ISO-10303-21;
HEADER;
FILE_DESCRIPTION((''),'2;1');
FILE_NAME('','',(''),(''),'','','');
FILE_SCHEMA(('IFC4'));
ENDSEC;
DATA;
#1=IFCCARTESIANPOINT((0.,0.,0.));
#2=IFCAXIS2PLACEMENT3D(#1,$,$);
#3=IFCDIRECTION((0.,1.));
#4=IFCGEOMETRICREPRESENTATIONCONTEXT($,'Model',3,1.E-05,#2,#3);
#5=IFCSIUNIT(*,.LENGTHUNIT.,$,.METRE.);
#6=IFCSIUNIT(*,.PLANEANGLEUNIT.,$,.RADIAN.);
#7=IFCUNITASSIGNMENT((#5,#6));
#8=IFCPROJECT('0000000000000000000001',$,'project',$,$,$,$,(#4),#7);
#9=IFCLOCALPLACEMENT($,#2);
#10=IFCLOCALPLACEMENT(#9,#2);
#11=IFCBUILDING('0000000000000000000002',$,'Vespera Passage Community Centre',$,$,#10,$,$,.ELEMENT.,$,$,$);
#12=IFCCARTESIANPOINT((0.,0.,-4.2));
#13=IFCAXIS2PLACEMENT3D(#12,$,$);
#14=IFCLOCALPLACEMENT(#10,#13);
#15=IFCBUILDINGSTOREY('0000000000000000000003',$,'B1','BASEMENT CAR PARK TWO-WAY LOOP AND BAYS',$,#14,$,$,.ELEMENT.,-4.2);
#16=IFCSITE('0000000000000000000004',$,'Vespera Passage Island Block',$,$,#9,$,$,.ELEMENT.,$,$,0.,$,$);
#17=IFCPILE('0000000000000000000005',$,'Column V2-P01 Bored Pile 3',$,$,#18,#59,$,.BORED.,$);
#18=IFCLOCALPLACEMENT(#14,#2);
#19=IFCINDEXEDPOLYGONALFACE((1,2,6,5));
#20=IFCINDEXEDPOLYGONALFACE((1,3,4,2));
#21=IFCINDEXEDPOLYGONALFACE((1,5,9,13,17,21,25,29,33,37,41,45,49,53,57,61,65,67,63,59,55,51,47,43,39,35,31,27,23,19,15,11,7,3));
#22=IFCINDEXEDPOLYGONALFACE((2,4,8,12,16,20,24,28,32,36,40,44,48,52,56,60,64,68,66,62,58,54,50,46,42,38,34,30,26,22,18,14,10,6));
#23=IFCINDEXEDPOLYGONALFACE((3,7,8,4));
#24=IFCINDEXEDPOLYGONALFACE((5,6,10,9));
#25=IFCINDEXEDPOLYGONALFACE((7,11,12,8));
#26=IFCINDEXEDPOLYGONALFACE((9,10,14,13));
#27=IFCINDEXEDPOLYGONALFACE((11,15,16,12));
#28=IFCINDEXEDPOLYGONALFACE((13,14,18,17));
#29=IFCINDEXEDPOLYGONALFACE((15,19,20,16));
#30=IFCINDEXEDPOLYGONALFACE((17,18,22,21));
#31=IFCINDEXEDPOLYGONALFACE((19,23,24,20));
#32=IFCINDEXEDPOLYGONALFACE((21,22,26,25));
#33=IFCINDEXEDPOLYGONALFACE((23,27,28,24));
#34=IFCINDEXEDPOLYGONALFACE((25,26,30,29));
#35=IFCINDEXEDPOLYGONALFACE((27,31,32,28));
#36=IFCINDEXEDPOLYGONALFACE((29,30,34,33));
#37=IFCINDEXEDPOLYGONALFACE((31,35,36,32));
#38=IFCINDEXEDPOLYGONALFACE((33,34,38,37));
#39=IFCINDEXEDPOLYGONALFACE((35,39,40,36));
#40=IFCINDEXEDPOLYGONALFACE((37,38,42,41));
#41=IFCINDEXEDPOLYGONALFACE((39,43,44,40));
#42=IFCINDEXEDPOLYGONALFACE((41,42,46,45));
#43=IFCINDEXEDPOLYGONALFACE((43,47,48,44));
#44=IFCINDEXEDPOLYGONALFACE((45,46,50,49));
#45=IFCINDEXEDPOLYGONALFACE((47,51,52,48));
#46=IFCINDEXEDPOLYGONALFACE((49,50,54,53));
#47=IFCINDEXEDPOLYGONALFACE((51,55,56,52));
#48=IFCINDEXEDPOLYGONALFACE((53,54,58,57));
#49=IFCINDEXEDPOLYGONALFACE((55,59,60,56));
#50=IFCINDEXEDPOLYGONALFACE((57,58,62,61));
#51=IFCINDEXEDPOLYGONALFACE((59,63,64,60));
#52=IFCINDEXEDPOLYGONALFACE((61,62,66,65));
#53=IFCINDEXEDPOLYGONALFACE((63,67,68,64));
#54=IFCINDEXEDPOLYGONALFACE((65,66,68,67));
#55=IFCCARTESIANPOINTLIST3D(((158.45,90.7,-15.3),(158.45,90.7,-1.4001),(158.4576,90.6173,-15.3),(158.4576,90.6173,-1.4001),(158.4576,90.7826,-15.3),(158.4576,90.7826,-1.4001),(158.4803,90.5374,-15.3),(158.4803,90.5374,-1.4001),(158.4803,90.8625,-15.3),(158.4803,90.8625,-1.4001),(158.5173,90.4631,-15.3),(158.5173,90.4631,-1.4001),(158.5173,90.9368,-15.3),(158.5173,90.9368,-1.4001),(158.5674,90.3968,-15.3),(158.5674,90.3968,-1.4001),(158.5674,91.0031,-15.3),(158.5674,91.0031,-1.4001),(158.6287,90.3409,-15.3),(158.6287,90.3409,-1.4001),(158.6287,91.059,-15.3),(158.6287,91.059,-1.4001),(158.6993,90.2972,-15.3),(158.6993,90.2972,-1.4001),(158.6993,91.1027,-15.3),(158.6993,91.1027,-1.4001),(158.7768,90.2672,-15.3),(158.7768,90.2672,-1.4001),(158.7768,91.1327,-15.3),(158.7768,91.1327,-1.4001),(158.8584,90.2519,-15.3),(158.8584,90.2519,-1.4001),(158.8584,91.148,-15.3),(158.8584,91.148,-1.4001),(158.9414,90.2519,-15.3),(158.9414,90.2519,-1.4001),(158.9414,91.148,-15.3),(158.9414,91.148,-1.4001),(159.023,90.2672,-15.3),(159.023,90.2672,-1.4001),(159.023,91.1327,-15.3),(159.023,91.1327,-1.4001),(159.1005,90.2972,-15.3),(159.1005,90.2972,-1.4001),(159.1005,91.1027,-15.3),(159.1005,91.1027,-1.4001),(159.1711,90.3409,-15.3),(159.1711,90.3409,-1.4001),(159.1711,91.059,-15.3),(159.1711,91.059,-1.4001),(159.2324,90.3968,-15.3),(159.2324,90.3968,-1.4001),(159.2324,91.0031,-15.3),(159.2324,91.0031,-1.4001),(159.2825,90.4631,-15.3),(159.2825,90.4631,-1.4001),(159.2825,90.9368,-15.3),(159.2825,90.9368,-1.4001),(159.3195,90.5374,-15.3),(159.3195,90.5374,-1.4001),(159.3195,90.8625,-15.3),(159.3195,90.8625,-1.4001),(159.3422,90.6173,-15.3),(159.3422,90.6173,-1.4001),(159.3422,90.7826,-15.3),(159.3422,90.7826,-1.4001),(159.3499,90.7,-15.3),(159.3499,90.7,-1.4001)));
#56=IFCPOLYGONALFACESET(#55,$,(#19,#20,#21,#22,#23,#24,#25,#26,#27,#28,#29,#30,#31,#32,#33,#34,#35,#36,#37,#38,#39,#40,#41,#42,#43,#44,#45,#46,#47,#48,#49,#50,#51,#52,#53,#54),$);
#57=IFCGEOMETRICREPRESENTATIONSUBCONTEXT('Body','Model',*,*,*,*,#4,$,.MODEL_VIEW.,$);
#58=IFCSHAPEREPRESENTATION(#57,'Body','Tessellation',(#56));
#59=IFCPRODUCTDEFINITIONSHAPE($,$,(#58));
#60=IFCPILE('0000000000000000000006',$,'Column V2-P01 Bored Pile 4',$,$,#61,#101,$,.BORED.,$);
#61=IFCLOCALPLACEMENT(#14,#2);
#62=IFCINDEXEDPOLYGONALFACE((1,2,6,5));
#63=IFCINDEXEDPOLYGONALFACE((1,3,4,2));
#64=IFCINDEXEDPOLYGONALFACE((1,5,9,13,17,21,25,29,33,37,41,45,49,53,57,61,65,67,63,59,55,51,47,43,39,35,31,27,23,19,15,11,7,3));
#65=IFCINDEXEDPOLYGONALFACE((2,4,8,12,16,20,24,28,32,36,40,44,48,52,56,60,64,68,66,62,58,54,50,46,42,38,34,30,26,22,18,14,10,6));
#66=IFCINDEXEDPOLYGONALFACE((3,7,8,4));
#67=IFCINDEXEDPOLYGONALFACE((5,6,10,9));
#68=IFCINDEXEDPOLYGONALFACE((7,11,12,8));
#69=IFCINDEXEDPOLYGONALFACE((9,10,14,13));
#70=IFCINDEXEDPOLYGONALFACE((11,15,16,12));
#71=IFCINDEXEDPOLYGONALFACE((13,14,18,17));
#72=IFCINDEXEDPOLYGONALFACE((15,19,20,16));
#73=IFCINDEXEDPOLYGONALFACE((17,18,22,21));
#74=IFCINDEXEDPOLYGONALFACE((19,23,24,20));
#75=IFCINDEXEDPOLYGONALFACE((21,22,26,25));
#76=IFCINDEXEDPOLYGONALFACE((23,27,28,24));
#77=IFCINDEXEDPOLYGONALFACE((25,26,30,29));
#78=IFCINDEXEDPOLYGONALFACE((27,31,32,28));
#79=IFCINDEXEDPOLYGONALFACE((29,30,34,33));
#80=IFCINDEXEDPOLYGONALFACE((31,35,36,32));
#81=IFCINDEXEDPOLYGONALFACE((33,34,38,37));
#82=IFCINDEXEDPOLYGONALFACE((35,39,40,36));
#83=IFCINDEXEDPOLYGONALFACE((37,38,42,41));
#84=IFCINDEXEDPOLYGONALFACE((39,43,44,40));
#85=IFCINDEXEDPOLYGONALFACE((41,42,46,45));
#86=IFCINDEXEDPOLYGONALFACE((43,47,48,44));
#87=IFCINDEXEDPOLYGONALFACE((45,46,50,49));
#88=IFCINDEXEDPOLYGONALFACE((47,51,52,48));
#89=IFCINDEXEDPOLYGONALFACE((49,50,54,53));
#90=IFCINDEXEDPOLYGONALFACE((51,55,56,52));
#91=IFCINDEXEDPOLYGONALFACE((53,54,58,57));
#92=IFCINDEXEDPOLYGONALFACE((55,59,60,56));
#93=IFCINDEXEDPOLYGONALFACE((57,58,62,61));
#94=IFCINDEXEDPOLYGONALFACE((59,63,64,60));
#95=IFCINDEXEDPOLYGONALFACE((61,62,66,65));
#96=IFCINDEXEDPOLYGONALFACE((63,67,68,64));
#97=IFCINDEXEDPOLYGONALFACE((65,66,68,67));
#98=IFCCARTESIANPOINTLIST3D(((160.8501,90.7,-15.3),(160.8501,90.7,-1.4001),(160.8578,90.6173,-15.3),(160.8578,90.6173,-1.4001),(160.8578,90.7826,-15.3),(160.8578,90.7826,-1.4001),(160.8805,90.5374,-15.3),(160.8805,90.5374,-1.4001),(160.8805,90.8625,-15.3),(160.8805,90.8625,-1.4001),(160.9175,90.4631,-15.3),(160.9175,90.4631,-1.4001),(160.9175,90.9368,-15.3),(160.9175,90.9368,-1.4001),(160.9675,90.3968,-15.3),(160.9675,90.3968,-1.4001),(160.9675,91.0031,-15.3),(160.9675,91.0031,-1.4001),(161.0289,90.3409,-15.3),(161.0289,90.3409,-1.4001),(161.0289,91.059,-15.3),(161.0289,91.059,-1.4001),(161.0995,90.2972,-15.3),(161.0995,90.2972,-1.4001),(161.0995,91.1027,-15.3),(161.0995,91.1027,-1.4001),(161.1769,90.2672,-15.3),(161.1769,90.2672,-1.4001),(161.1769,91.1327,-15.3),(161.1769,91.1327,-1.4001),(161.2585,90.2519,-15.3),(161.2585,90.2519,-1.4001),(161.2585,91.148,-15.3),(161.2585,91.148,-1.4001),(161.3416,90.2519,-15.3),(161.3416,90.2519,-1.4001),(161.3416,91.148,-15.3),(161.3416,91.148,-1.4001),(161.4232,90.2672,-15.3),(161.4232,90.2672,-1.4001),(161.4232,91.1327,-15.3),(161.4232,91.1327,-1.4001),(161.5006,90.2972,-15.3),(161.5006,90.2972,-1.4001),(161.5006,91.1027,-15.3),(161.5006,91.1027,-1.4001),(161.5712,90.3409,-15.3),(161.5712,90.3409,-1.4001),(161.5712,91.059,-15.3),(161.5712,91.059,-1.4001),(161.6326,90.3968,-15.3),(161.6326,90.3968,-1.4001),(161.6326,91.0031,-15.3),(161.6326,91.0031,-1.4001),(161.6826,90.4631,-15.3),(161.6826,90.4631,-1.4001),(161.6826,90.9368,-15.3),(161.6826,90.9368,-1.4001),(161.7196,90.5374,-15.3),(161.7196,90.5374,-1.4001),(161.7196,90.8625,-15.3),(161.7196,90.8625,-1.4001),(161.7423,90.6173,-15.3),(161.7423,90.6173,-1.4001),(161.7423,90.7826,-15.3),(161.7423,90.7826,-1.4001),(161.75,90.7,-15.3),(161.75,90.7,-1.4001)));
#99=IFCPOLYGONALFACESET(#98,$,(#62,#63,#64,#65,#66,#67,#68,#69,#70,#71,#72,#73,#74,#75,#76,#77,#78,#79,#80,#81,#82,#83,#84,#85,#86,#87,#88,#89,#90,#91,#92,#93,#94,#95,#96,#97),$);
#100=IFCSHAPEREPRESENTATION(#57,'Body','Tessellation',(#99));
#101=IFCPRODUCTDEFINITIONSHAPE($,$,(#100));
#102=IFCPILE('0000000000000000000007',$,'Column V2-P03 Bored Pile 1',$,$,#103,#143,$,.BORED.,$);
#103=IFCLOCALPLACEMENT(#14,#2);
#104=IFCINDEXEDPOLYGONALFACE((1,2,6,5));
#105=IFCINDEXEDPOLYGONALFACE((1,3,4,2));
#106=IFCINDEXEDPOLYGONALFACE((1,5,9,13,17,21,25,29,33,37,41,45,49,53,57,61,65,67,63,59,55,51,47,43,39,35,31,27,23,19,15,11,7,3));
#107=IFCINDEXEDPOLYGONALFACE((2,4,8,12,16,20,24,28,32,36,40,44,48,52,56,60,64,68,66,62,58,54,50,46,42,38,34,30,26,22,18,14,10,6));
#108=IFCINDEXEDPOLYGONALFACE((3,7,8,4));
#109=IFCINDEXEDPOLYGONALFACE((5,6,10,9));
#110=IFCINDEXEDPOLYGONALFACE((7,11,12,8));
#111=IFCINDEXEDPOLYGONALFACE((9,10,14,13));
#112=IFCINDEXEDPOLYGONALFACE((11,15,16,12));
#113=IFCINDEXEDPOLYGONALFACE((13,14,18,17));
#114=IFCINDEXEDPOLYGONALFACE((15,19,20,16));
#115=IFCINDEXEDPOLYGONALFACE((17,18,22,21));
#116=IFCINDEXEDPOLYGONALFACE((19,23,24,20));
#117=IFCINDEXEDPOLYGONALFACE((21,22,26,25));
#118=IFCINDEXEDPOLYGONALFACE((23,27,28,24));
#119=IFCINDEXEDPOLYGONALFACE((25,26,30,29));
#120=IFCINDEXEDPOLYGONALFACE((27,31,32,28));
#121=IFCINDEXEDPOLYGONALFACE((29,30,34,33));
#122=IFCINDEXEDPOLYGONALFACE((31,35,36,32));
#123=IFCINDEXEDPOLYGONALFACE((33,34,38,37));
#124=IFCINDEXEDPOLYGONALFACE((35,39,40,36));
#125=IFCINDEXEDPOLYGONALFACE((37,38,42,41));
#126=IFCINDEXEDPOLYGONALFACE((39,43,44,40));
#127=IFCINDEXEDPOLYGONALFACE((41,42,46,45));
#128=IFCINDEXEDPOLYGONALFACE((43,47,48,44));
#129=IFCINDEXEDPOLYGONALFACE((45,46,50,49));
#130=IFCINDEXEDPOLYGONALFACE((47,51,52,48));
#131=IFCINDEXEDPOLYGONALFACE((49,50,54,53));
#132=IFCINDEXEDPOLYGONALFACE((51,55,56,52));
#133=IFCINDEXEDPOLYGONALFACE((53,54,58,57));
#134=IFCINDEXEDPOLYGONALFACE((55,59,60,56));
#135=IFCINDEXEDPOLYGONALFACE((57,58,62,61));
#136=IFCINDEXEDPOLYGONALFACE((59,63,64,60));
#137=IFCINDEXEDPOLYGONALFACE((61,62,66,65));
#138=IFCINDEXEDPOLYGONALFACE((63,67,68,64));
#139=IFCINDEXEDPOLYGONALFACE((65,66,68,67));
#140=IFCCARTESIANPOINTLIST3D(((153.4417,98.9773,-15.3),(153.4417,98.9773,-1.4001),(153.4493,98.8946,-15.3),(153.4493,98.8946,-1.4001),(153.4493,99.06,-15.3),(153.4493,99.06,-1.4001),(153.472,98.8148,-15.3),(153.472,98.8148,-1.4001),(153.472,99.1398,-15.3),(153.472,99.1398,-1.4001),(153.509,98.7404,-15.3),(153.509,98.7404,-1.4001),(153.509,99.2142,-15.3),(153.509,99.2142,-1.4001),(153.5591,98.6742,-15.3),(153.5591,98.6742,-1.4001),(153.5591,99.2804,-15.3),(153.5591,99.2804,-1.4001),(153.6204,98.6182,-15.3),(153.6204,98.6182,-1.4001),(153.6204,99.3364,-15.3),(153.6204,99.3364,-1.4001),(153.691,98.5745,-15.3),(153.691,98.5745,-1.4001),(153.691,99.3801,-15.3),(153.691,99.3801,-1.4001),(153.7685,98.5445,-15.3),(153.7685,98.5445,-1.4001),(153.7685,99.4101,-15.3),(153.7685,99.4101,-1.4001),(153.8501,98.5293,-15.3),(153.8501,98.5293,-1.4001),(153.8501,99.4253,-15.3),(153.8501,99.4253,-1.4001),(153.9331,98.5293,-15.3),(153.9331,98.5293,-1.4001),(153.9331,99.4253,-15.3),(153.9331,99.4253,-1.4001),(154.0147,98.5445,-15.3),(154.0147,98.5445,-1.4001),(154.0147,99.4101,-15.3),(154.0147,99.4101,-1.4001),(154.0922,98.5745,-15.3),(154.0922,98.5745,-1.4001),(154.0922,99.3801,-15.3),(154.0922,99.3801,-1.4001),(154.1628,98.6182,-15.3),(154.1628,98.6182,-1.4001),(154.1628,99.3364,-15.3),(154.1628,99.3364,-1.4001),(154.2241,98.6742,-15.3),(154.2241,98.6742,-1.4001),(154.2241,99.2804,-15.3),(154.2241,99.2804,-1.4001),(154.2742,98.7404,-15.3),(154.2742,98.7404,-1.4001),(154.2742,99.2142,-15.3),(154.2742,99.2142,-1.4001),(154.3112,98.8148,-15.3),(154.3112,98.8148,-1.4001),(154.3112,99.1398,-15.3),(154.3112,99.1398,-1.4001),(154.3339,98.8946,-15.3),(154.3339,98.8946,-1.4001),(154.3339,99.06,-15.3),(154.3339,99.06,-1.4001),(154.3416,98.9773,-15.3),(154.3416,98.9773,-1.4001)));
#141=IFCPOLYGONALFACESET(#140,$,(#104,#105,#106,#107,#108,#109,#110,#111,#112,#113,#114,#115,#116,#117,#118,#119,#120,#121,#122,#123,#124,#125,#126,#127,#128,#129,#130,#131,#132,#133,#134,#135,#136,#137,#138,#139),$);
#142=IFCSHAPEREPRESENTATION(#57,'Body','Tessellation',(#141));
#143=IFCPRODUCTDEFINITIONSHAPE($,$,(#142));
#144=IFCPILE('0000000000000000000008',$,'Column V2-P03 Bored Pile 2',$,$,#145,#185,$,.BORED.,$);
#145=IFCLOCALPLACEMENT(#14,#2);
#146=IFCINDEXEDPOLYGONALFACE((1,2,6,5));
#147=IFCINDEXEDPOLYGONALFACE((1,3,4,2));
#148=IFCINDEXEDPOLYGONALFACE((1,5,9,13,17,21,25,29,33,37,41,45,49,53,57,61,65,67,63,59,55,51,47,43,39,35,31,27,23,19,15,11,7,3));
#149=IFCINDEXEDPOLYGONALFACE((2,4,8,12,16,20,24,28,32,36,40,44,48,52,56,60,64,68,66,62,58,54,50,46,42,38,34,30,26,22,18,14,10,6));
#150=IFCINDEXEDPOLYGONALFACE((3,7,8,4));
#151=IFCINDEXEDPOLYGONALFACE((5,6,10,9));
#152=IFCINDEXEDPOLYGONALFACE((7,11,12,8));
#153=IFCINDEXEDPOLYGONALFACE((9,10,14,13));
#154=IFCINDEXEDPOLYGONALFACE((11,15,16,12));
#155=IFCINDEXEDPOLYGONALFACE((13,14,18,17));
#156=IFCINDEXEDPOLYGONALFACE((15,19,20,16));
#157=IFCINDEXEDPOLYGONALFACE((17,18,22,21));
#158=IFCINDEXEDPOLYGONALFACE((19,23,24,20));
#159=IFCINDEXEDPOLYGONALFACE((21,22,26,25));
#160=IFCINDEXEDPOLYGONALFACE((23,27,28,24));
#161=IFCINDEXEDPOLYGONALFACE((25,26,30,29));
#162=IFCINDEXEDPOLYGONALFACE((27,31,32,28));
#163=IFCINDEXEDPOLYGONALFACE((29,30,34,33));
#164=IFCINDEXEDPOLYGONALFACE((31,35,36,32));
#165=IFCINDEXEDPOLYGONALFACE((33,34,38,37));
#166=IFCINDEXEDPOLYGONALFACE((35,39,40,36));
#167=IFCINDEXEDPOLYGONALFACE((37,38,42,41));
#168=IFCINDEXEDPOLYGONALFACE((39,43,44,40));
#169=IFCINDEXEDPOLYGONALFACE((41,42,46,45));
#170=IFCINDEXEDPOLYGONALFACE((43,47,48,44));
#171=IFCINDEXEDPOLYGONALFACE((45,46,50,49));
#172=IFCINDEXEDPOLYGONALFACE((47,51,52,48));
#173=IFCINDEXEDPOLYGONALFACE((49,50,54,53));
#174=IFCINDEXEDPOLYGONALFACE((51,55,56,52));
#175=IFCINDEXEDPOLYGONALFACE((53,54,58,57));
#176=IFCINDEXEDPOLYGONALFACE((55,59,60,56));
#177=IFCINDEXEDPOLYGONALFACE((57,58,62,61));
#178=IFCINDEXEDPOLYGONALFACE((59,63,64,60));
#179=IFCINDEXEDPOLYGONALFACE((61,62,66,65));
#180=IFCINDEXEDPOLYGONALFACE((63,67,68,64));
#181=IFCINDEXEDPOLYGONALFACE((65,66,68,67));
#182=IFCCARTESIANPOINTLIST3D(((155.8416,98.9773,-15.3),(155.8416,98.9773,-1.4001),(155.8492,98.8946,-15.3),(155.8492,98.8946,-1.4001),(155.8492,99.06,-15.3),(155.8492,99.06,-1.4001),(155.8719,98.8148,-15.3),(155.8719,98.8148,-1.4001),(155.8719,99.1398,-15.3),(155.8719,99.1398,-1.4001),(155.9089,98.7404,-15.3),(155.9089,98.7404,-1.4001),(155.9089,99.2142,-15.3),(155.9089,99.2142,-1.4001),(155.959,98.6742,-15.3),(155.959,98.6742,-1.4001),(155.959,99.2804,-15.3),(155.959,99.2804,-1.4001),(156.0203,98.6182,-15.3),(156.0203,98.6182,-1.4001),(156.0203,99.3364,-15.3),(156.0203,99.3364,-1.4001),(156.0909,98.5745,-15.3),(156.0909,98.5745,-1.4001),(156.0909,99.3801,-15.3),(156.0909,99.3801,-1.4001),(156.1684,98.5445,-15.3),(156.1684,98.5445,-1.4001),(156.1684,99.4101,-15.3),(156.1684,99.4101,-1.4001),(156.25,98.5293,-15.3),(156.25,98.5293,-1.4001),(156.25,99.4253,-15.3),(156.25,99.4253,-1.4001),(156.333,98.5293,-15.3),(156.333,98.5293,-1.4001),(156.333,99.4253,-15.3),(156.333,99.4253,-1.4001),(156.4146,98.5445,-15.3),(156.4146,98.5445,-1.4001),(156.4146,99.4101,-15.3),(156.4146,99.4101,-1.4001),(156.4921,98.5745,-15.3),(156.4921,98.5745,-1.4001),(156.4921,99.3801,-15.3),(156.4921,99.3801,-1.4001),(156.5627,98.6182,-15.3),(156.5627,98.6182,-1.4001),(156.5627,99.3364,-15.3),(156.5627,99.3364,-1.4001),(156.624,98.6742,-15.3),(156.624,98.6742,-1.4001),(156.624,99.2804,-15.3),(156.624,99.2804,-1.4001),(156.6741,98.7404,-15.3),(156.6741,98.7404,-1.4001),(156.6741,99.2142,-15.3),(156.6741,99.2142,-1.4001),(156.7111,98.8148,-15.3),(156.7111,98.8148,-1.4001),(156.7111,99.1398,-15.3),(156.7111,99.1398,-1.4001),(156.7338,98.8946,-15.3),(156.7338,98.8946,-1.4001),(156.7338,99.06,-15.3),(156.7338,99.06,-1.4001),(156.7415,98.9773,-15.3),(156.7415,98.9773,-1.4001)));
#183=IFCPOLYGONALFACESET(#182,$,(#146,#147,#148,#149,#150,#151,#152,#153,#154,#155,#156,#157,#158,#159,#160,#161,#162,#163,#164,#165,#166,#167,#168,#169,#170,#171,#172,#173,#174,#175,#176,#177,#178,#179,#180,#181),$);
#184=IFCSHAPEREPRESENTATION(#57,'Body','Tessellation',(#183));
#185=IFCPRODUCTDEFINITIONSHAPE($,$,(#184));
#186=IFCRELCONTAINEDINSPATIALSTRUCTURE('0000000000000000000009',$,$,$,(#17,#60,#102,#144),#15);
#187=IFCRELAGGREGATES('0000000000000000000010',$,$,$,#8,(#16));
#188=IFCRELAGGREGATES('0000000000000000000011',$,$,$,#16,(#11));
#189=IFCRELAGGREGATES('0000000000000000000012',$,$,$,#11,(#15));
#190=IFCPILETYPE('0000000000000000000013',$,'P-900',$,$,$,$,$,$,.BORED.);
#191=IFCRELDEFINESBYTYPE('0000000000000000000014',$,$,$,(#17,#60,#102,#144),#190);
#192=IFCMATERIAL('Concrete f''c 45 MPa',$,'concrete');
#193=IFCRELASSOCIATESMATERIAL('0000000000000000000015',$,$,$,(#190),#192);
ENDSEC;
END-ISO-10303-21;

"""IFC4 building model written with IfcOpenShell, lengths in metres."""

from ifc_helpers import new_model, si_unit, direction, frame, origin, origin_2d, place, context, subcontext, project, spatial, circle, extrude, material, material_profile, profile_set, type_object, element, save


model = new_model("IFC4")

# Units and contexts
model_context = context("Model", 3, precision=1e-05, world=origin(), true_north=direction((0.0, 1.0)))
body_context = subcontext(model_context, "Body", "Model", "MODEL_VIEW")
ifc_project = project(units=[si_unit("LENGTHUNIT", "METRE"), si_unit("PLANEANGLEUNIT", "RADIAN")], contexts=[model_context])

# Site, building, storey
site_placement = place(None, origin())
site = spatial("IfcSite", under=ifc_project, at=site_placement, Name="Vespera Passage Island Block", CompositionType="ELEMENT", RefElevation=0.0)
building_placement = place(site_placement, origin())
building = spatial("IfcBuilding", under=site, at=building_placement, Name="Vespera Passage Community Centre", CompositionType="ELEMENT")
storey_placement = place(building_placement, frame((0.0, 0.0, -4.2)))
storey = spatial("IfcBuildingStorey", under=building, at=storey_placement, Name="B1", Description="BASEMENT CAR PARK TWO-WAY LOOP AND BAYS", CompositionType="ELEMENT", Elevation=-4.2)

# Piles
ifc_material_1 = material(Name="Concrete f'c 45 MPa", Category="concrete")
ifc_material_profile_1 = material_profile(ifc_material_1, circle(Radius=0.45, at=origin_2d()), Name="PILE900DIA")
ifc_profile_set_1 = profile_set([ifc_material_profile_1], Name="Concrete f'c 45 MPa")
pile_type_1 = type_object("IfcPileType", Name="P-900", PredefinedType="BORED", material=ifc_profile_set_1)
for number, where, z_axis, x_axis, name in (
    (1, (158.8999, 90.7, -1.4001), (0.0, 0.0, -1.0), (1.0, 0.0, 0.0), "Column V2-P01 Bored Pile 3"),
    (2, (161.3, 90.7, -1.4001), (0.0, 0.0, -1.0), (1.0, 0.0, 0.0), "Column V2-P01 Bored Pile 4"),
    (3, (153.8916, 98.9773, -1.4001), (0.0, 0.0, -1.0), (1.0, 0.0, 0.0), "Column V2-P03 Bored Pile 1"),
    (4, (156.2915, 98.9773, -1.4001), (0.0, 0.0, -1.0), (1.0, 0.0, 0.0), "Column V2-P03 Bored Pile 2"),
):
    element("IfcPile", number, at=place(storey_placement, frame(where, z_axis=z_axis, x_axis=x_axis)), inside=storey, type_object=pile_type_1, Name=name, PredefinedType="BORED", context=body_context, shape_type="SweptSolid", body=[
        extrude(circle(Radius=0.45, at=origin_2d()), origin(), (0.0, 0.0, 1.0), 13.8999),
    ])

save(model, "model.ifc")
